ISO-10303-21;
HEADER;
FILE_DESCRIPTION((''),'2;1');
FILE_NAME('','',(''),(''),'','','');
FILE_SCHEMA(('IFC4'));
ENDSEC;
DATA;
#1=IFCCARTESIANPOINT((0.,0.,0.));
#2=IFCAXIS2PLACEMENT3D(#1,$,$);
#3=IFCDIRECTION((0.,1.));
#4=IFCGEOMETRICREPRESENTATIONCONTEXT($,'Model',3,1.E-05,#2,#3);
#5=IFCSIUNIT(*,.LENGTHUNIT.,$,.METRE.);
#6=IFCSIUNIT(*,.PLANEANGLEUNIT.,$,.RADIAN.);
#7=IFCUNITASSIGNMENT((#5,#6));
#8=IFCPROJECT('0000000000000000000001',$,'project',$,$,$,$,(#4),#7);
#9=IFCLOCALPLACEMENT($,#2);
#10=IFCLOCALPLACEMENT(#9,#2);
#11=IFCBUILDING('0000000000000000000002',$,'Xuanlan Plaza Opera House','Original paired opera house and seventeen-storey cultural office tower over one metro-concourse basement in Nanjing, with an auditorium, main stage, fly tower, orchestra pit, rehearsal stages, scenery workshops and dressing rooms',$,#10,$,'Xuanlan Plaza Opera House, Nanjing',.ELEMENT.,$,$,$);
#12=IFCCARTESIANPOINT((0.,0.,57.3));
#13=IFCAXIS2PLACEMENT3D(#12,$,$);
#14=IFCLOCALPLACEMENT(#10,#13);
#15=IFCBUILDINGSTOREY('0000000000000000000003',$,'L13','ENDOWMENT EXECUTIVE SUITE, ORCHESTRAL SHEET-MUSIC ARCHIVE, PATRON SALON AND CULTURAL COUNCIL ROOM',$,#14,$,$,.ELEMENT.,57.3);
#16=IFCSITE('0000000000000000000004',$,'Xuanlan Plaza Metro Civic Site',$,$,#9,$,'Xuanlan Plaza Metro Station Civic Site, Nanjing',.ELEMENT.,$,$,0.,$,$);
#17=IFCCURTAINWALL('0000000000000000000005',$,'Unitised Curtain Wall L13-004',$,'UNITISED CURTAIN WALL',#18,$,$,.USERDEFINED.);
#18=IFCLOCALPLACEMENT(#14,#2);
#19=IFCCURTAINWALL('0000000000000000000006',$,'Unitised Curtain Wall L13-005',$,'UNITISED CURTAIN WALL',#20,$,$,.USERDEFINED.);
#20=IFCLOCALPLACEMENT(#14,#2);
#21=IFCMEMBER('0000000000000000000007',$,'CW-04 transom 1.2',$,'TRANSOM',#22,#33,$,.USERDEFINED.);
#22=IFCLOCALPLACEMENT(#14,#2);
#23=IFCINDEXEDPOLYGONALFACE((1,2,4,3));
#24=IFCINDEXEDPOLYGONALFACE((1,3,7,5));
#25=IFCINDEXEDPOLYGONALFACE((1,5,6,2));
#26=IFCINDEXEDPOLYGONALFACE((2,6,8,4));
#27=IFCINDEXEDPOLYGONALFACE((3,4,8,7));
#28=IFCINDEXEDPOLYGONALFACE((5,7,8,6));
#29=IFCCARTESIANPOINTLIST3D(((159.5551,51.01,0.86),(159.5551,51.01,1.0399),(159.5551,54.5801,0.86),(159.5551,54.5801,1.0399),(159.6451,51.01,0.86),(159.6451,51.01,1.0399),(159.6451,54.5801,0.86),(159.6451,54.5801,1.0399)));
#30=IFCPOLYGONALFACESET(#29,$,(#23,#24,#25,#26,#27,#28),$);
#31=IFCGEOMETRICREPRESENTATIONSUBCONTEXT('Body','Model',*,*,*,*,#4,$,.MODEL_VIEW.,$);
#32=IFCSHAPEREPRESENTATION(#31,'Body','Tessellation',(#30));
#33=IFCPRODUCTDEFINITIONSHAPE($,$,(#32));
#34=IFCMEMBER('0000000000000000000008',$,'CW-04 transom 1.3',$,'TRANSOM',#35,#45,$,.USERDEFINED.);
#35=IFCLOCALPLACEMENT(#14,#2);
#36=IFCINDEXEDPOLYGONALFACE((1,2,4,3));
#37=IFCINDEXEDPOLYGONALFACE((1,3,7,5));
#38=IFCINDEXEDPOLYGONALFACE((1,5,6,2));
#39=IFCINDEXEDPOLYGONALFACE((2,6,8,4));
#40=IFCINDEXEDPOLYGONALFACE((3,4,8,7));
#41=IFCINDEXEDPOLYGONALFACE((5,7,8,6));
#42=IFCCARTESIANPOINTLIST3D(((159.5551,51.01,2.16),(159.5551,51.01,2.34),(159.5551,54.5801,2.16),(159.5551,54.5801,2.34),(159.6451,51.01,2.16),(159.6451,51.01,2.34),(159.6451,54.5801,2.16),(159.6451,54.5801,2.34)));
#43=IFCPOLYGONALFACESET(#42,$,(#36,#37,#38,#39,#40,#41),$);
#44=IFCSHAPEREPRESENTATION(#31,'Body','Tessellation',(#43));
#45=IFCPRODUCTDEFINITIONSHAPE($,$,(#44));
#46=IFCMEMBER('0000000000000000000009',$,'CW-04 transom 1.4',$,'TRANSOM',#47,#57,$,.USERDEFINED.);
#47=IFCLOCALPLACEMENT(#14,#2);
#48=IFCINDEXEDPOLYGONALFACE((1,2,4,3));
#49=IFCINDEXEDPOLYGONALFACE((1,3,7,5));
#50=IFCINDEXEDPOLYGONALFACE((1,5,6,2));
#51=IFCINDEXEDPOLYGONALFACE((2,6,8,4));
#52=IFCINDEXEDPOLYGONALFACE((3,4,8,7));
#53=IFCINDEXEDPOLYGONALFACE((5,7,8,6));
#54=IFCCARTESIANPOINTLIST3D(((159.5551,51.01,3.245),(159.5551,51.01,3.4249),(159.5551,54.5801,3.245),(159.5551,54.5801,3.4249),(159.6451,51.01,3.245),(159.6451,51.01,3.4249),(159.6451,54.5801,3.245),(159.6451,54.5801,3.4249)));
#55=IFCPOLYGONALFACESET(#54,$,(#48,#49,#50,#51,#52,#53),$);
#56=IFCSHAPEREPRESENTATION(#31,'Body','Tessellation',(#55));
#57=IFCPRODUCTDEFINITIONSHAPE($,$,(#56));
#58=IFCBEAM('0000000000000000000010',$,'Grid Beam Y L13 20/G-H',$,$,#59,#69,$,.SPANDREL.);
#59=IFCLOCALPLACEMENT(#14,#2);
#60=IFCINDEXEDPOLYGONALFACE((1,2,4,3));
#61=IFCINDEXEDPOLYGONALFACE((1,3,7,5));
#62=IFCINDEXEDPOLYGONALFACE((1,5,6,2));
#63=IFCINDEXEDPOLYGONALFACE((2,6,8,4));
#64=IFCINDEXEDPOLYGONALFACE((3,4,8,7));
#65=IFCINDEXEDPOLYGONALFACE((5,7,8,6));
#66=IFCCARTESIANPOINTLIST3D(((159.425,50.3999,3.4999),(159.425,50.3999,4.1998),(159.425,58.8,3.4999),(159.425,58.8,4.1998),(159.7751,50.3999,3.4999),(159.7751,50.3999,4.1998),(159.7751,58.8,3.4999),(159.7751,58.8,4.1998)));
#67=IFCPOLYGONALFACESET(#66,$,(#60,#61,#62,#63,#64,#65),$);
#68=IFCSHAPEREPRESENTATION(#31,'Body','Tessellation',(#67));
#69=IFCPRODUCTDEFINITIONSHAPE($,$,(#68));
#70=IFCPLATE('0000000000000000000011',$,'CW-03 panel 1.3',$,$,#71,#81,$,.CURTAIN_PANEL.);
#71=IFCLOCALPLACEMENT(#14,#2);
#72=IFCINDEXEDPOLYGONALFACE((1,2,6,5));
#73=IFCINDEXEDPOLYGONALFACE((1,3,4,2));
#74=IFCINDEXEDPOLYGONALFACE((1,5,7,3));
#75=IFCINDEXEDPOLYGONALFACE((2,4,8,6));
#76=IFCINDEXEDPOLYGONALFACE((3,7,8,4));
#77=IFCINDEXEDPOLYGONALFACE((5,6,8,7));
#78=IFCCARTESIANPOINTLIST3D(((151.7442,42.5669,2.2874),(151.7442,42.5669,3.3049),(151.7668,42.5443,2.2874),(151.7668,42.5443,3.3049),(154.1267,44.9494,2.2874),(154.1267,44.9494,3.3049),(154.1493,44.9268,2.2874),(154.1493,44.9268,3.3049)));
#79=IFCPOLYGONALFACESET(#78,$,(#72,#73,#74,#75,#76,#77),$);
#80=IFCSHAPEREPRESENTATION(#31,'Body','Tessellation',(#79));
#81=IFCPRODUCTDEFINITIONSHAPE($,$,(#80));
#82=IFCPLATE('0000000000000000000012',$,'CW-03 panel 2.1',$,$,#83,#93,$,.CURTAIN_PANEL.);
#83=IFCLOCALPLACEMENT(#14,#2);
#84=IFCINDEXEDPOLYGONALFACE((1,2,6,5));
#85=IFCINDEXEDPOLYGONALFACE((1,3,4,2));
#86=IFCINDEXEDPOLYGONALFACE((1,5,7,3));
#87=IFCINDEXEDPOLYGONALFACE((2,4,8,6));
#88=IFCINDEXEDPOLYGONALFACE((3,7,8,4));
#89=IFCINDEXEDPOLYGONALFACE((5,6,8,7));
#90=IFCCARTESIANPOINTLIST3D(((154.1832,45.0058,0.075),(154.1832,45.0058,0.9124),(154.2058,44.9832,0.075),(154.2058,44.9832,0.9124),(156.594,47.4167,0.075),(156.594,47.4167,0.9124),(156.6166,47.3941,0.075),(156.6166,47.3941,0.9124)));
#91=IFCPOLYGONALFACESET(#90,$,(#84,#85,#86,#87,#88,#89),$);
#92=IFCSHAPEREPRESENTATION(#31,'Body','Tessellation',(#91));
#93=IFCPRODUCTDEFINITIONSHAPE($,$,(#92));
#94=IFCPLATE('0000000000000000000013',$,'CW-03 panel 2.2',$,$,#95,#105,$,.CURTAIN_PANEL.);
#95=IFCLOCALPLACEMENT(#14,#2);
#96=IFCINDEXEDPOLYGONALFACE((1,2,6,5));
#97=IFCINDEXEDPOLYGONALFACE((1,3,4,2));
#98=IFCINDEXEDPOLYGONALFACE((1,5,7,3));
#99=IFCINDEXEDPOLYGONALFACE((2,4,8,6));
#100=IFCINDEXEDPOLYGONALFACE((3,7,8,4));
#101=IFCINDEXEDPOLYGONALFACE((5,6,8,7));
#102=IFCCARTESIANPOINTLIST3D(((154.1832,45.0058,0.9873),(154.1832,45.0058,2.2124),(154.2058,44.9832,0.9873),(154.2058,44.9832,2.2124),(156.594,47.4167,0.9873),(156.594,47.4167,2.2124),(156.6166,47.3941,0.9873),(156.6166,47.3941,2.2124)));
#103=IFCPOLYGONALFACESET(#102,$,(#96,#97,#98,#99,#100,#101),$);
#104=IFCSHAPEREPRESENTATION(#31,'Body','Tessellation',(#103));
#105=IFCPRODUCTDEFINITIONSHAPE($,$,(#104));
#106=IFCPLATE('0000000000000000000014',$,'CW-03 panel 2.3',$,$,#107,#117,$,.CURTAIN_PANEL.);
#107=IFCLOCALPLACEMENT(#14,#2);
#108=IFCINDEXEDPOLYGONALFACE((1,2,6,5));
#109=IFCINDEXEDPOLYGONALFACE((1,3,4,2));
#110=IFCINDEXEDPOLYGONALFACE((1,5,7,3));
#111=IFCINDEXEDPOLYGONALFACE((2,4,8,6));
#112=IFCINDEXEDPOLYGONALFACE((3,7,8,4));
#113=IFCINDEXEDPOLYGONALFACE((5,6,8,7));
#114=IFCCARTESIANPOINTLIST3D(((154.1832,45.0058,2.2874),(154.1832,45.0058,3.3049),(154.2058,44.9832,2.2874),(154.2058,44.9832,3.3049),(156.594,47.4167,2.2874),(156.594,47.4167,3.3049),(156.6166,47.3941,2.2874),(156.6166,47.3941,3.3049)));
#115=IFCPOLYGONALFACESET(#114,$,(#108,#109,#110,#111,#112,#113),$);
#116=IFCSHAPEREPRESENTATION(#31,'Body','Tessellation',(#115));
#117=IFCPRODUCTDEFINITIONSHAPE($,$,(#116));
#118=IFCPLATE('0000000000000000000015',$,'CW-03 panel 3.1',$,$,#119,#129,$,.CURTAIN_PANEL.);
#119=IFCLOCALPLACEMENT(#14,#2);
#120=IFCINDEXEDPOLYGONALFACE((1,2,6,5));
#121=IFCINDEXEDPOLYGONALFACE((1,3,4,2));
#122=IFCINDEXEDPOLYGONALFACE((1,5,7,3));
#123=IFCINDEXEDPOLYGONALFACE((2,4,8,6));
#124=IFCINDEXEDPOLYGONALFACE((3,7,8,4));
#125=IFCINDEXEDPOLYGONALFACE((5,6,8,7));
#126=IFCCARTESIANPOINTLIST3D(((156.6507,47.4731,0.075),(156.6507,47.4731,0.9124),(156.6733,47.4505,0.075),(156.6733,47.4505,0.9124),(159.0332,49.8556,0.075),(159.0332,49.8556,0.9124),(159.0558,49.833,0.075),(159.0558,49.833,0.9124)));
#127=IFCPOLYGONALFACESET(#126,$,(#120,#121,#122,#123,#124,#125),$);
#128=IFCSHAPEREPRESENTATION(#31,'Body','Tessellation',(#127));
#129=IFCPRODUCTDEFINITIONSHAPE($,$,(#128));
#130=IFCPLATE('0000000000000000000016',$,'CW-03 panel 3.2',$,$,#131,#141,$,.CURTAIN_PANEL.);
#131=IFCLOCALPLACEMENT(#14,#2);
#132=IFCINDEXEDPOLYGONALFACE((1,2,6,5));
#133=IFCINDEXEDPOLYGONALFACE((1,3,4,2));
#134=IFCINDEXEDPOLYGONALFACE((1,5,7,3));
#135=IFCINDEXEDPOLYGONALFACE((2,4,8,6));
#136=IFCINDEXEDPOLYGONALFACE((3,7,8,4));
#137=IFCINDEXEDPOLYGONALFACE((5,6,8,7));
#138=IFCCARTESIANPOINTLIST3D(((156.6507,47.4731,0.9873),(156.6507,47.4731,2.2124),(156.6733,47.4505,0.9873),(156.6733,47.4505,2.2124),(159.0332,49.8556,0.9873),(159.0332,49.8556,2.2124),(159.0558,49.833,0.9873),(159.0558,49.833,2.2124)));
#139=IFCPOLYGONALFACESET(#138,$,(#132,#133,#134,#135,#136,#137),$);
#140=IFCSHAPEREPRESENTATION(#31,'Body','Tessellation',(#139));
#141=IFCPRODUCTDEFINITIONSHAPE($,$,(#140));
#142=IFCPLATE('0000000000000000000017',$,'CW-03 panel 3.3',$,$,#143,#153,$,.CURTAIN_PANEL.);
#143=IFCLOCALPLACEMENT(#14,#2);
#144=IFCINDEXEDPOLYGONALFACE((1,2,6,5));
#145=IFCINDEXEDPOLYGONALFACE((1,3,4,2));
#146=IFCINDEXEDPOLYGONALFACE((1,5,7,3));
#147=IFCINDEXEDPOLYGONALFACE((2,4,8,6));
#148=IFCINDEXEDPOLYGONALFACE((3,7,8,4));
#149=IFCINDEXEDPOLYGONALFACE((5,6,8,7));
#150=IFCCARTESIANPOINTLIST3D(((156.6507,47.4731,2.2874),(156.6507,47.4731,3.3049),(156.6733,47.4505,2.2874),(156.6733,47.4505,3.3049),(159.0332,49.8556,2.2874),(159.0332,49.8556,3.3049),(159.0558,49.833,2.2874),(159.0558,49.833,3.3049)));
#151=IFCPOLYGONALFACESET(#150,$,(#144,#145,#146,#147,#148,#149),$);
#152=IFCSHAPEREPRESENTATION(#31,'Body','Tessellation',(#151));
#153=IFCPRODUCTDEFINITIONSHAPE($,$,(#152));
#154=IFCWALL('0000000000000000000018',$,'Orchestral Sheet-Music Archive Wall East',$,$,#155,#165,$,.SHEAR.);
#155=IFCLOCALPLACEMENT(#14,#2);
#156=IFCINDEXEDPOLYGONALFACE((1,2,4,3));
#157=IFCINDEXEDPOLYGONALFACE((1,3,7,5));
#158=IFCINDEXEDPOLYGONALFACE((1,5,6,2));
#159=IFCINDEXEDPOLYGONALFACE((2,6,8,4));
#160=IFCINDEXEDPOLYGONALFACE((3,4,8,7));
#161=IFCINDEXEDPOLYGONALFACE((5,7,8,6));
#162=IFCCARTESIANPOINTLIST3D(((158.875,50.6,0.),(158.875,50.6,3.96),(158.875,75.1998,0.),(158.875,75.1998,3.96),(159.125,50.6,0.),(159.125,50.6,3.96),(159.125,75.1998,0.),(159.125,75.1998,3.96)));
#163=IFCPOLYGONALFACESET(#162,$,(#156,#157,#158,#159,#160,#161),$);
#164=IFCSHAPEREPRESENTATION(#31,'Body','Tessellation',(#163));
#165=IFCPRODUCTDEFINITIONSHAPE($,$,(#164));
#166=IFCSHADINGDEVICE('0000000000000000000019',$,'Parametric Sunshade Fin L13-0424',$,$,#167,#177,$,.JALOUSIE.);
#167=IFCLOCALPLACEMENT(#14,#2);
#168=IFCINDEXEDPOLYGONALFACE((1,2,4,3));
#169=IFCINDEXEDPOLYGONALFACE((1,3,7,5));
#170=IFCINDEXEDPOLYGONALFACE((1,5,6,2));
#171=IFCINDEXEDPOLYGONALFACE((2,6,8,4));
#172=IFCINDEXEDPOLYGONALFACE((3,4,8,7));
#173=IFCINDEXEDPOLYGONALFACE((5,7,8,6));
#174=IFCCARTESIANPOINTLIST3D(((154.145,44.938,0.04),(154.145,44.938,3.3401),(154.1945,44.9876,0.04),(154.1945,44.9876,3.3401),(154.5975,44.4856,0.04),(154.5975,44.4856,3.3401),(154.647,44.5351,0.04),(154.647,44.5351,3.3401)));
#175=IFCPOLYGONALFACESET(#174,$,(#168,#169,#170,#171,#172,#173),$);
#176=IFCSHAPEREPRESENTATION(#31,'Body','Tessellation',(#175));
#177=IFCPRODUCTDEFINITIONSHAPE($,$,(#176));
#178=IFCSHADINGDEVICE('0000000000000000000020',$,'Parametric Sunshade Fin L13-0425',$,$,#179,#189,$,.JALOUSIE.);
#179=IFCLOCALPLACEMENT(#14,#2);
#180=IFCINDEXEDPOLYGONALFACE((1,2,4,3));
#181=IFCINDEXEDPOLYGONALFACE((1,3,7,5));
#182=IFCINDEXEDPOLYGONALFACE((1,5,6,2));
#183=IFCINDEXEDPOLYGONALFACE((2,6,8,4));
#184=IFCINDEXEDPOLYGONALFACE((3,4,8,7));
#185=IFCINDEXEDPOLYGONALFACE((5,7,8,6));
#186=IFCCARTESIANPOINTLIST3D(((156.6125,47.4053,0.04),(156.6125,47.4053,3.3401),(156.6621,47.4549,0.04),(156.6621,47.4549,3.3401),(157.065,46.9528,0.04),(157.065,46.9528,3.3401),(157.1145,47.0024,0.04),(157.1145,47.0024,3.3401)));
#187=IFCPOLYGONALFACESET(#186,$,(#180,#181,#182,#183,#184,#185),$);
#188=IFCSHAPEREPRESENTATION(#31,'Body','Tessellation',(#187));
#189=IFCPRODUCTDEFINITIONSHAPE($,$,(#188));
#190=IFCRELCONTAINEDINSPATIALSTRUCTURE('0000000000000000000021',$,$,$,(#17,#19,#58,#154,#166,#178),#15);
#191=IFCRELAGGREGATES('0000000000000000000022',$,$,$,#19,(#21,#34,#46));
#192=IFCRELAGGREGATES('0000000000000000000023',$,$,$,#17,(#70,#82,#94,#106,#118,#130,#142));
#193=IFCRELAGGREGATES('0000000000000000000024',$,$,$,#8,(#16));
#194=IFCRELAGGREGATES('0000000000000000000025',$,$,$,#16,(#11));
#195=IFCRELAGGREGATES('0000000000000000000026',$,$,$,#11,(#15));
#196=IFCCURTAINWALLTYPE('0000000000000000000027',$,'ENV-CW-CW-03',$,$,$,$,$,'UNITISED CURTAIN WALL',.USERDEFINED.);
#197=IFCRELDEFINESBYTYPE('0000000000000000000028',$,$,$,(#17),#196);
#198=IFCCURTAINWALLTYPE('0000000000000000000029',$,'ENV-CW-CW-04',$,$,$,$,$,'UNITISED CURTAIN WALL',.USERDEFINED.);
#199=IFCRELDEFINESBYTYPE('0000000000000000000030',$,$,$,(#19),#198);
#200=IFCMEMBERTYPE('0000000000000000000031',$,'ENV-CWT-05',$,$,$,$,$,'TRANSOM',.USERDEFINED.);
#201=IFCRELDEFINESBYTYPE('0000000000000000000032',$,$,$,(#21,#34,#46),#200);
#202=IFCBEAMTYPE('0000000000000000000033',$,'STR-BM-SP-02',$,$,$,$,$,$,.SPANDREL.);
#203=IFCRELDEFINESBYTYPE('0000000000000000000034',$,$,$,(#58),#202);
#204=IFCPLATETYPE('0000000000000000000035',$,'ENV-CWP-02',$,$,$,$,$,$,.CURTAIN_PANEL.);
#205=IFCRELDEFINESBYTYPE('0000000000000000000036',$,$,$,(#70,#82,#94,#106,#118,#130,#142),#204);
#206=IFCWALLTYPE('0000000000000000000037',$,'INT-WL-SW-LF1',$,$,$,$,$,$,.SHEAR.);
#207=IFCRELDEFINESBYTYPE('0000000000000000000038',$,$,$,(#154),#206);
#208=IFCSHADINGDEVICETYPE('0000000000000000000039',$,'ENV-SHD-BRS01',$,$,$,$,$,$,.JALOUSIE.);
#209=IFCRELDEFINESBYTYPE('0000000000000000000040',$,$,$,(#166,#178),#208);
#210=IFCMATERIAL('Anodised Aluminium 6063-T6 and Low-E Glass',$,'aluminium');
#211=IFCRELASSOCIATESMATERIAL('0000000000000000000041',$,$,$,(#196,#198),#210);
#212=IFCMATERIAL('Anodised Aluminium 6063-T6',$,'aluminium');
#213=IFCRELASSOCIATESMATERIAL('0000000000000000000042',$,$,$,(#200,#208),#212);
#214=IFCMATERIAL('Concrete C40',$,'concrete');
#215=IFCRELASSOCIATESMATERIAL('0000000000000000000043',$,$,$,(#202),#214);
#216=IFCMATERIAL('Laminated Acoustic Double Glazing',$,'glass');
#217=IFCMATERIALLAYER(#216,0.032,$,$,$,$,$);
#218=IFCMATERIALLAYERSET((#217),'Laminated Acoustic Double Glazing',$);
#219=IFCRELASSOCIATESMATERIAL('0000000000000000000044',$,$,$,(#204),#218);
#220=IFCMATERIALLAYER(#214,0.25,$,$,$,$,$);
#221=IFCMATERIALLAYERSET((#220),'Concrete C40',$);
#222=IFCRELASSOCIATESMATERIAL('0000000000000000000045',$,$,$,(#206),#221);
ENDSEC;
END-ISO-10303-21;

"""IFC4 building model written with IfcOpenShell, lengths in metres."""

from ifc_helpers import new_model, si_unit, direction, frame, frame_2d, origin, origin_2d, place, context, subcontext, project, spatial, rectangle, extrude, material, layer, layer_set, material_profile, profile_set, type_object, element, aggregate, save


model = new_model("IFC4")

# Units and contexts
model_context = context("Model", 3, precision=1e-05, world=origin(), true_north=direction((0.0, 1.0)))
body_context = subcontext(model_context, "Body", "Model", "MODEL_VIEW")
ifc_project = project(units=[si_unit("LENGTHUNIT", "METRE"), si_unit("PLANEANGLEUNIT", "RADIAN")], contexts=[model_context])

# Site, building, storey
site_placement = place(None, origin())
site = spatial("IfcSite", under=ifc_project, at=site_placement, Name="Xuanlan Plaza Metro Civic Site", LongName="Xuanlan Plaza Metro Station Civic Site, Nanjing", CompositionType="ELEMENT", RefElevation=0.0)
building_placement = place(site_placement, origin())
building = spatial("IfcBuilding", under=site, at=building_placement, Name="Xuanlan Plaza Opera House", Description="Original paired opera house and seventeen-storey cultural office tower over one metro-concourse basement in Nanjing, with an auditorium, main stage, fly tower, orchestra pit, rehearsal stages, scenery workshops and dressing rooms", LongName="Xuanlan Plaza Opera House, Nanjing", CompositionType="ELEMENT")
storey_placement = place(building_placement, frame((0.0, 0.0, 57.3)))
storey = spatial("IfcBuildingStorey", under=building, at=storey_placement, Name="L13", Description="ENDOWMENT EXECUTIVE SUITE, ORCHESTRAL SHEET-MUSIC ARCHIVE, PATRON SALON AND CULTURAL COUNCIL ROOM", CompositionType="ELEMENT", Elevation=57.3)

# Curtain wall
ifc_material_1 = material(Name="Anodised Aluminium 6063-T6 and Low-E Glass", Category="aluminium")
curtain_wall_type_1 = type_object("IfcCurtainWallType", Name="ENV-CW-CW-03", ElementType="UNITISED CURTAIN WALL", PredefinedType="USERDEFINED", material=ifc_material_1)
curtain_wall_1_placement = place(storey_placement, origin())
curtain_wall_1 = element("IfcCurtainWall", 1, at=curtain_wall_1_placement, inside=storey, type_object=curtain_wall_type_1, Name="Unitised Curtain Wall L13-004", ObjectType="UNITISED CURTAIN WALL", PredefinedType="USERDEFINED")
ifc_material_2 = material(Name="Anodised Aluminium 6063-T6", Category="aluminium")

# Curtain wall
curtain_wall_type_2 = type_object("IfcCurtainWallType", Name="ENV-CW-CW-04", ElementType="UNITISED CURTAIN WALL", PredefinedType="USERDEFINED", material=ifc_material_1)
curtain_wall_2_placement = place(storey_placement, origin())
curtain_wall_2 = element("IfcCurtainWall", 2, at=curtain_wall_2_placement, inside=storey, type_object=curtain_wall_type_2, Name="Unitised Curtain Wall L13-005", ObjectType="UNITISED CURTAIN WALL", PredefinedType="USERDEFINED")

# Members
ifc_material_profile_1 = material_profile(ifc_material_2, rectangle(XDim=0.0901, YDim=0.1799, at=origin_2d()), Name="ALU-T 90x180")
ifc_profile_set_1 = profile_set([ifc_material_profile_1], Name="Anodised Aluminium 6063-T6")
member_type_1 = type_object("IfcMemberType", Name="ENV-CWT-05", ElementType="TRANSOM", PredefinedType="USERDEFINED", material=ifc_profile_set_1)
member_1_placement = place(storey_placement, frame((159.6001, 51.01, 0.95), z_axis=(0.0, 1.0, 0.0), x_axis=(-1.0, 0.0, 0.0)))
member_1 = element("IfcMember", 3, at=member_1_placement, type_object=member_type_1, Name="CW-04 transom 1.2", ObjectType="TRANSOM", PredefinedType="USERDEFINED", context=body_context, shape_type="SweptSolid", body=[
    extrude(rectangle(XDim=0.0901, YDim=0.1799, at=origin_2d()), origin(), (0.0, 0.0, 1.0), 3.5701),
])
member_2_placement = place(storey_placement, frame((159.6001, 51.01, 2.25), z_axis=(0.0, 1.0, 0.0), x_axis=(-1.0, 0.0, 0.0)))
member_2 = element("IfcMember", 4, at=member_2_placement, type_object=member_type_1, Name="CW-04 transom 1.3", ObjectType="TRANSOM", PredefinedType="USERDEFINED", context=body_context, shape_type="SweptSolid", body=[
    extrude(rectangle(XDim=0.0901, YDim=0.1799, at=origin_2d()), origin(), (0.0, 0.0, 1.0), 3.5701),
])
member_3_placement = place(storey_placement, frame((159.6001, 51.01, 3.335), z_axis=(0.0, 1.0, 0.0), x_axis=(-1.0, 0.0, 0.0)))
member_3 = element("IfcMember", 5, at=member_3_placement, type_object=member_type_1, Name="CW-04 transom 1.4", ObjectType="TRANSOM", PredefinedType="USERDEFINED", context=body_context, shape_type="SweptSolid", body=[
    extrude(rectangle(XDim=0.0901, YDim=0.1799, at=origin_2d()), origin(), (0.0, 0.0, 1.0), 3.5701),
])
aggregate(curtain_wall_2, [member_1, member_2, member_3])

# Beam
ifc_material_3 = material(Name="Concrete C40", Category="concrete")
ifc_material_profile_2 = material_profile(ifc_material_3, rectangle(XDim=0.3501, YDim=0.7, at=origin_2d()), Name="RC-SPD 350x700")
ifc_profile_set_2 = profile_set([ifc_material_profile_2], Name="Concrete C40")
beam_type = type_object("IfcBeamType", Name="STR-BM-SP-02", PredefinedType="SPANDREL", material=ifc_profile_set_2)
beam_placement = place(storey_placement, frame((159.6001, 50.3999, 3.8499), z_axis=(0.0, 1.0, 0.0), x_axis=(-1.0, 0.0, 0.0)))
element("IfcBeam", 6, at=beam_placement, inside=storey, type_object=beam_type, Name="Grid Beam Y L13 20/G-H", PredefinedType="SPANDREL", context=body_context, shape_type="SweptSolid", body=[
    extrude(rectangle(XDim=0.3501, YDim=0.7, at=origin_2d()), origin(), (0.0, 0.0, 1.0), 8.4001),
])

# Plates
ifc_material_4 = material(Name="Laminated Acoustic Double Glazing", Category="glass")
ifc_layer_1 = layer(ifc_material_4, 0.032)
ifc_layer_set_1 = layer_set([ifc_layer_1], Name="Laminated Acoustic Double Glazing")
plate_type = type_object("IfcPlateType", Name="ENV-CWP-02", PredefinedType="CURTAIN_PANEL", material=ifc_layer_set_1)
plate_1_placement = place(storey_placement, frame((152.9468, 43.7468, 2.2874), z_axis=(0.0, 0.0, 1.0), x_axis=(0.707107, 0.707107, 0.0)))
plate_1 = element("IfcPlate", 7, at=plate_1_placement, type_object=plate_type, Name="CW-03 panel 1.3", PredefinedType="CURTAIN_PANEL", context=body_context, shape_type="SweptSolid", body=[
    extrude(rectangle(XDim=3.3694, YDim=0.032, at=origin_2d()), origin(), (0.0, 0.0, 1.0), 1.0176),
])
plate_2_placement = place(storey_placement, frame((155.3999, 46.2, 0.075), z_axis=(0.0, 0.0, 1.0), x_axis=(0.707107, 0.707107, 0.0)))
plate_2 = element("IfcPlate", 8, at=plate_2_placement, type_object=plate_type, Name="CW-03 panel 2.1", PredefinedType="CURTAIN_PANEL", context=body_context, shape_type="SweptSolid", body=[
    extrude(rectangle(XDim=3.4094, YDim=0.032, at=origin_2d()), origin(), (0.0, 0.0, 1.0), 0.8374),
])
plate_3_placement = place(storey_placement, frame((155.3999, 46.2, 0.9873), z_axis=(0.0, 0.0, 1.0), x_axis=(0.707107, 0.707107, 0.0)))
plate_3 = element("IfcPlate", 9, at=plate_3_placement, type_object=plate_type, Name="CW-03 panel 2.2", PredefinedType="CURTAIN_PANEL", context=body_context, shape_type="SweptSolid", body=[
    extrude(rectangle(XDim=3.4094, YDim=0.032, at=origin_2d()), origin(), (0.0, 0.0, 1.0), 1.2251),
])
plate_4_placement = place(storey_placement, frame((155.3999, 46.2, 2.2874), z_axis=(0.0, 0.0, 1.0), x_axis=(0.707107, 0.707107, 0.0)))
plate_4 = element("IfcPlate", 10, at=plate_4_placement, type_object=plate_type, Name="CW-03 panel 2.3", PredefinedType="CURTAIN_PANEL", context=body_context, shape_type="SweptSolid", body=[
    extrude(rectangle(XDim=3.4094, YDim=0.032, at=origin_2d()), origin(), (0.0, 0.0, 1.0), 1.0176),
])
plate_5_placement = place(storey_placement, frame((157.8533, 48.6531, 0.075), z_axis=(0.0, 0.0, 1.0), x_axis=(0.707107, 0.707107, 0.0)))
plate_5 = element("IfcPlate", 11, at=plate_5_placement, type_object=plate_type, Name="CW-03 panel 3.1", PredefinedType="CURTAIN_PANEL", context=body_context, shape_type="SweptSolid", body=[
    extrude(rectangle(XDim=3.3694, YDim=0.032, at=origin_2d()), origin(), (0.0, 0.0, 1.0), 0.8374),
])
plate_6_placement = place(storey_placement, frame((157.8533, 48.6531, 0.9873), z_axis=(0.0, 0.0, 1.0), x_axis=(0.707107, 0.707107, 0.0)))
plate_6 = element("IfcPlate", 12, at=plate_6_placement, type_object=plate_type, Name="CW-03 panel 3.2", PredefinedType="CURTAIN_PANEL", context=body_context, shape_type="SweptSolid", body=[
    extrude(rectangle(XDim=3.3694, YDim=0.032, at=origin_2d()), origin(), (0.0, 0.0, 1.0), 1.2251),
])
plate_7_placement = place(storey_placement, frame((157.8533, 48.6531, 2.2874), z_axis=(0.0, 0.0, 1.0), x_axis=(0.707107, 0.707107, 0.0)))
plate_7 = element("IfcPlate", 13, at=plate_7_placement, type_object=plate_type, Name="CW-03 panel 3.3", PredefinedType="CURTAIN_PANEL", context=body_context, shape_type="SweptSolid", body=[
    extrude(rectangle(XDim=3.3694, YDim=0.032, at=origin_2d()), origin(), (0.0, 0.0, 1.0), 1.0176),
])
aggregate(curtain_wall_1, [plate_1, plate_2, plate_3, plate_4, plate_5, plate_6, plate_7])

# Wall
ifc_layer_2 = layer(ifc_material_3, 0.25)
ifc_layer_set_2 = layer_set([ifc_layer_2], Name="Concrete C40")
wall_type = type_object("IfcWallType", Name="INT-WL-SW-LF1", PredefinedType="SHEAR", material=ifc_layer_set_2)
wall_placement = place(storey_placement, frame((159.0, 50.6001, 0.0), z_axis=(0.0, 0.0, 1.0), x_axis=(0.0, 1.0, 0.0)))
element("IfcWall", 14, at=wall_placement, inside=storey, type_object=wall_type, Name="Orchestral Sheet-Music Archive Wall East", PredefinedType="SHEAR", context=body_context, shape_type="SweptSolid", body=[
    extrude(rectangle(XDim=24.5999, YDim=0.25, at=frame_2d((12.2998, 0.0))), origin(), (0.0, 0.0, 1.0), 3.96),
])

# Shading devices
shading_device_type = type_object("IfcShadingDeviceType", Name="ENV-SHD-BRS01", PredefinedType="JALOUSIE", material=ifc_material_2)
for number, where, z_axis, x_axis, name in (
    (15, (154.396, 44.7366, 0.04), (0.0, 0.0, 1.0), (0.707107, -0.707107, 0.0), "Parametric Sunshade Fin L13-0424"),
    (16, (156.8635, 47.2039, 0.04), (0.0, 0.0, 1.0), (0.707107, -0.707107, 0.0), "Parametric Sunshade Fin L13-0425"),
):
    element("IfcShadingDevice", number, at=place(storey_placement, frame(where, z_axis=z_axis, x_axis=x_axis)), inside=storey, type_object=shading_device_type, Name=name, PredefinedType="JALOUSIE", context=body_context, shape_type="SweptSolid", body=[
        extrude(rectangle(XDim=0.6399, YDim=0.0701, at=origin_2d()), origin(), (0.0, 0.0, 1.0), 3.3),
    ])

save(model, "model.ifc")
